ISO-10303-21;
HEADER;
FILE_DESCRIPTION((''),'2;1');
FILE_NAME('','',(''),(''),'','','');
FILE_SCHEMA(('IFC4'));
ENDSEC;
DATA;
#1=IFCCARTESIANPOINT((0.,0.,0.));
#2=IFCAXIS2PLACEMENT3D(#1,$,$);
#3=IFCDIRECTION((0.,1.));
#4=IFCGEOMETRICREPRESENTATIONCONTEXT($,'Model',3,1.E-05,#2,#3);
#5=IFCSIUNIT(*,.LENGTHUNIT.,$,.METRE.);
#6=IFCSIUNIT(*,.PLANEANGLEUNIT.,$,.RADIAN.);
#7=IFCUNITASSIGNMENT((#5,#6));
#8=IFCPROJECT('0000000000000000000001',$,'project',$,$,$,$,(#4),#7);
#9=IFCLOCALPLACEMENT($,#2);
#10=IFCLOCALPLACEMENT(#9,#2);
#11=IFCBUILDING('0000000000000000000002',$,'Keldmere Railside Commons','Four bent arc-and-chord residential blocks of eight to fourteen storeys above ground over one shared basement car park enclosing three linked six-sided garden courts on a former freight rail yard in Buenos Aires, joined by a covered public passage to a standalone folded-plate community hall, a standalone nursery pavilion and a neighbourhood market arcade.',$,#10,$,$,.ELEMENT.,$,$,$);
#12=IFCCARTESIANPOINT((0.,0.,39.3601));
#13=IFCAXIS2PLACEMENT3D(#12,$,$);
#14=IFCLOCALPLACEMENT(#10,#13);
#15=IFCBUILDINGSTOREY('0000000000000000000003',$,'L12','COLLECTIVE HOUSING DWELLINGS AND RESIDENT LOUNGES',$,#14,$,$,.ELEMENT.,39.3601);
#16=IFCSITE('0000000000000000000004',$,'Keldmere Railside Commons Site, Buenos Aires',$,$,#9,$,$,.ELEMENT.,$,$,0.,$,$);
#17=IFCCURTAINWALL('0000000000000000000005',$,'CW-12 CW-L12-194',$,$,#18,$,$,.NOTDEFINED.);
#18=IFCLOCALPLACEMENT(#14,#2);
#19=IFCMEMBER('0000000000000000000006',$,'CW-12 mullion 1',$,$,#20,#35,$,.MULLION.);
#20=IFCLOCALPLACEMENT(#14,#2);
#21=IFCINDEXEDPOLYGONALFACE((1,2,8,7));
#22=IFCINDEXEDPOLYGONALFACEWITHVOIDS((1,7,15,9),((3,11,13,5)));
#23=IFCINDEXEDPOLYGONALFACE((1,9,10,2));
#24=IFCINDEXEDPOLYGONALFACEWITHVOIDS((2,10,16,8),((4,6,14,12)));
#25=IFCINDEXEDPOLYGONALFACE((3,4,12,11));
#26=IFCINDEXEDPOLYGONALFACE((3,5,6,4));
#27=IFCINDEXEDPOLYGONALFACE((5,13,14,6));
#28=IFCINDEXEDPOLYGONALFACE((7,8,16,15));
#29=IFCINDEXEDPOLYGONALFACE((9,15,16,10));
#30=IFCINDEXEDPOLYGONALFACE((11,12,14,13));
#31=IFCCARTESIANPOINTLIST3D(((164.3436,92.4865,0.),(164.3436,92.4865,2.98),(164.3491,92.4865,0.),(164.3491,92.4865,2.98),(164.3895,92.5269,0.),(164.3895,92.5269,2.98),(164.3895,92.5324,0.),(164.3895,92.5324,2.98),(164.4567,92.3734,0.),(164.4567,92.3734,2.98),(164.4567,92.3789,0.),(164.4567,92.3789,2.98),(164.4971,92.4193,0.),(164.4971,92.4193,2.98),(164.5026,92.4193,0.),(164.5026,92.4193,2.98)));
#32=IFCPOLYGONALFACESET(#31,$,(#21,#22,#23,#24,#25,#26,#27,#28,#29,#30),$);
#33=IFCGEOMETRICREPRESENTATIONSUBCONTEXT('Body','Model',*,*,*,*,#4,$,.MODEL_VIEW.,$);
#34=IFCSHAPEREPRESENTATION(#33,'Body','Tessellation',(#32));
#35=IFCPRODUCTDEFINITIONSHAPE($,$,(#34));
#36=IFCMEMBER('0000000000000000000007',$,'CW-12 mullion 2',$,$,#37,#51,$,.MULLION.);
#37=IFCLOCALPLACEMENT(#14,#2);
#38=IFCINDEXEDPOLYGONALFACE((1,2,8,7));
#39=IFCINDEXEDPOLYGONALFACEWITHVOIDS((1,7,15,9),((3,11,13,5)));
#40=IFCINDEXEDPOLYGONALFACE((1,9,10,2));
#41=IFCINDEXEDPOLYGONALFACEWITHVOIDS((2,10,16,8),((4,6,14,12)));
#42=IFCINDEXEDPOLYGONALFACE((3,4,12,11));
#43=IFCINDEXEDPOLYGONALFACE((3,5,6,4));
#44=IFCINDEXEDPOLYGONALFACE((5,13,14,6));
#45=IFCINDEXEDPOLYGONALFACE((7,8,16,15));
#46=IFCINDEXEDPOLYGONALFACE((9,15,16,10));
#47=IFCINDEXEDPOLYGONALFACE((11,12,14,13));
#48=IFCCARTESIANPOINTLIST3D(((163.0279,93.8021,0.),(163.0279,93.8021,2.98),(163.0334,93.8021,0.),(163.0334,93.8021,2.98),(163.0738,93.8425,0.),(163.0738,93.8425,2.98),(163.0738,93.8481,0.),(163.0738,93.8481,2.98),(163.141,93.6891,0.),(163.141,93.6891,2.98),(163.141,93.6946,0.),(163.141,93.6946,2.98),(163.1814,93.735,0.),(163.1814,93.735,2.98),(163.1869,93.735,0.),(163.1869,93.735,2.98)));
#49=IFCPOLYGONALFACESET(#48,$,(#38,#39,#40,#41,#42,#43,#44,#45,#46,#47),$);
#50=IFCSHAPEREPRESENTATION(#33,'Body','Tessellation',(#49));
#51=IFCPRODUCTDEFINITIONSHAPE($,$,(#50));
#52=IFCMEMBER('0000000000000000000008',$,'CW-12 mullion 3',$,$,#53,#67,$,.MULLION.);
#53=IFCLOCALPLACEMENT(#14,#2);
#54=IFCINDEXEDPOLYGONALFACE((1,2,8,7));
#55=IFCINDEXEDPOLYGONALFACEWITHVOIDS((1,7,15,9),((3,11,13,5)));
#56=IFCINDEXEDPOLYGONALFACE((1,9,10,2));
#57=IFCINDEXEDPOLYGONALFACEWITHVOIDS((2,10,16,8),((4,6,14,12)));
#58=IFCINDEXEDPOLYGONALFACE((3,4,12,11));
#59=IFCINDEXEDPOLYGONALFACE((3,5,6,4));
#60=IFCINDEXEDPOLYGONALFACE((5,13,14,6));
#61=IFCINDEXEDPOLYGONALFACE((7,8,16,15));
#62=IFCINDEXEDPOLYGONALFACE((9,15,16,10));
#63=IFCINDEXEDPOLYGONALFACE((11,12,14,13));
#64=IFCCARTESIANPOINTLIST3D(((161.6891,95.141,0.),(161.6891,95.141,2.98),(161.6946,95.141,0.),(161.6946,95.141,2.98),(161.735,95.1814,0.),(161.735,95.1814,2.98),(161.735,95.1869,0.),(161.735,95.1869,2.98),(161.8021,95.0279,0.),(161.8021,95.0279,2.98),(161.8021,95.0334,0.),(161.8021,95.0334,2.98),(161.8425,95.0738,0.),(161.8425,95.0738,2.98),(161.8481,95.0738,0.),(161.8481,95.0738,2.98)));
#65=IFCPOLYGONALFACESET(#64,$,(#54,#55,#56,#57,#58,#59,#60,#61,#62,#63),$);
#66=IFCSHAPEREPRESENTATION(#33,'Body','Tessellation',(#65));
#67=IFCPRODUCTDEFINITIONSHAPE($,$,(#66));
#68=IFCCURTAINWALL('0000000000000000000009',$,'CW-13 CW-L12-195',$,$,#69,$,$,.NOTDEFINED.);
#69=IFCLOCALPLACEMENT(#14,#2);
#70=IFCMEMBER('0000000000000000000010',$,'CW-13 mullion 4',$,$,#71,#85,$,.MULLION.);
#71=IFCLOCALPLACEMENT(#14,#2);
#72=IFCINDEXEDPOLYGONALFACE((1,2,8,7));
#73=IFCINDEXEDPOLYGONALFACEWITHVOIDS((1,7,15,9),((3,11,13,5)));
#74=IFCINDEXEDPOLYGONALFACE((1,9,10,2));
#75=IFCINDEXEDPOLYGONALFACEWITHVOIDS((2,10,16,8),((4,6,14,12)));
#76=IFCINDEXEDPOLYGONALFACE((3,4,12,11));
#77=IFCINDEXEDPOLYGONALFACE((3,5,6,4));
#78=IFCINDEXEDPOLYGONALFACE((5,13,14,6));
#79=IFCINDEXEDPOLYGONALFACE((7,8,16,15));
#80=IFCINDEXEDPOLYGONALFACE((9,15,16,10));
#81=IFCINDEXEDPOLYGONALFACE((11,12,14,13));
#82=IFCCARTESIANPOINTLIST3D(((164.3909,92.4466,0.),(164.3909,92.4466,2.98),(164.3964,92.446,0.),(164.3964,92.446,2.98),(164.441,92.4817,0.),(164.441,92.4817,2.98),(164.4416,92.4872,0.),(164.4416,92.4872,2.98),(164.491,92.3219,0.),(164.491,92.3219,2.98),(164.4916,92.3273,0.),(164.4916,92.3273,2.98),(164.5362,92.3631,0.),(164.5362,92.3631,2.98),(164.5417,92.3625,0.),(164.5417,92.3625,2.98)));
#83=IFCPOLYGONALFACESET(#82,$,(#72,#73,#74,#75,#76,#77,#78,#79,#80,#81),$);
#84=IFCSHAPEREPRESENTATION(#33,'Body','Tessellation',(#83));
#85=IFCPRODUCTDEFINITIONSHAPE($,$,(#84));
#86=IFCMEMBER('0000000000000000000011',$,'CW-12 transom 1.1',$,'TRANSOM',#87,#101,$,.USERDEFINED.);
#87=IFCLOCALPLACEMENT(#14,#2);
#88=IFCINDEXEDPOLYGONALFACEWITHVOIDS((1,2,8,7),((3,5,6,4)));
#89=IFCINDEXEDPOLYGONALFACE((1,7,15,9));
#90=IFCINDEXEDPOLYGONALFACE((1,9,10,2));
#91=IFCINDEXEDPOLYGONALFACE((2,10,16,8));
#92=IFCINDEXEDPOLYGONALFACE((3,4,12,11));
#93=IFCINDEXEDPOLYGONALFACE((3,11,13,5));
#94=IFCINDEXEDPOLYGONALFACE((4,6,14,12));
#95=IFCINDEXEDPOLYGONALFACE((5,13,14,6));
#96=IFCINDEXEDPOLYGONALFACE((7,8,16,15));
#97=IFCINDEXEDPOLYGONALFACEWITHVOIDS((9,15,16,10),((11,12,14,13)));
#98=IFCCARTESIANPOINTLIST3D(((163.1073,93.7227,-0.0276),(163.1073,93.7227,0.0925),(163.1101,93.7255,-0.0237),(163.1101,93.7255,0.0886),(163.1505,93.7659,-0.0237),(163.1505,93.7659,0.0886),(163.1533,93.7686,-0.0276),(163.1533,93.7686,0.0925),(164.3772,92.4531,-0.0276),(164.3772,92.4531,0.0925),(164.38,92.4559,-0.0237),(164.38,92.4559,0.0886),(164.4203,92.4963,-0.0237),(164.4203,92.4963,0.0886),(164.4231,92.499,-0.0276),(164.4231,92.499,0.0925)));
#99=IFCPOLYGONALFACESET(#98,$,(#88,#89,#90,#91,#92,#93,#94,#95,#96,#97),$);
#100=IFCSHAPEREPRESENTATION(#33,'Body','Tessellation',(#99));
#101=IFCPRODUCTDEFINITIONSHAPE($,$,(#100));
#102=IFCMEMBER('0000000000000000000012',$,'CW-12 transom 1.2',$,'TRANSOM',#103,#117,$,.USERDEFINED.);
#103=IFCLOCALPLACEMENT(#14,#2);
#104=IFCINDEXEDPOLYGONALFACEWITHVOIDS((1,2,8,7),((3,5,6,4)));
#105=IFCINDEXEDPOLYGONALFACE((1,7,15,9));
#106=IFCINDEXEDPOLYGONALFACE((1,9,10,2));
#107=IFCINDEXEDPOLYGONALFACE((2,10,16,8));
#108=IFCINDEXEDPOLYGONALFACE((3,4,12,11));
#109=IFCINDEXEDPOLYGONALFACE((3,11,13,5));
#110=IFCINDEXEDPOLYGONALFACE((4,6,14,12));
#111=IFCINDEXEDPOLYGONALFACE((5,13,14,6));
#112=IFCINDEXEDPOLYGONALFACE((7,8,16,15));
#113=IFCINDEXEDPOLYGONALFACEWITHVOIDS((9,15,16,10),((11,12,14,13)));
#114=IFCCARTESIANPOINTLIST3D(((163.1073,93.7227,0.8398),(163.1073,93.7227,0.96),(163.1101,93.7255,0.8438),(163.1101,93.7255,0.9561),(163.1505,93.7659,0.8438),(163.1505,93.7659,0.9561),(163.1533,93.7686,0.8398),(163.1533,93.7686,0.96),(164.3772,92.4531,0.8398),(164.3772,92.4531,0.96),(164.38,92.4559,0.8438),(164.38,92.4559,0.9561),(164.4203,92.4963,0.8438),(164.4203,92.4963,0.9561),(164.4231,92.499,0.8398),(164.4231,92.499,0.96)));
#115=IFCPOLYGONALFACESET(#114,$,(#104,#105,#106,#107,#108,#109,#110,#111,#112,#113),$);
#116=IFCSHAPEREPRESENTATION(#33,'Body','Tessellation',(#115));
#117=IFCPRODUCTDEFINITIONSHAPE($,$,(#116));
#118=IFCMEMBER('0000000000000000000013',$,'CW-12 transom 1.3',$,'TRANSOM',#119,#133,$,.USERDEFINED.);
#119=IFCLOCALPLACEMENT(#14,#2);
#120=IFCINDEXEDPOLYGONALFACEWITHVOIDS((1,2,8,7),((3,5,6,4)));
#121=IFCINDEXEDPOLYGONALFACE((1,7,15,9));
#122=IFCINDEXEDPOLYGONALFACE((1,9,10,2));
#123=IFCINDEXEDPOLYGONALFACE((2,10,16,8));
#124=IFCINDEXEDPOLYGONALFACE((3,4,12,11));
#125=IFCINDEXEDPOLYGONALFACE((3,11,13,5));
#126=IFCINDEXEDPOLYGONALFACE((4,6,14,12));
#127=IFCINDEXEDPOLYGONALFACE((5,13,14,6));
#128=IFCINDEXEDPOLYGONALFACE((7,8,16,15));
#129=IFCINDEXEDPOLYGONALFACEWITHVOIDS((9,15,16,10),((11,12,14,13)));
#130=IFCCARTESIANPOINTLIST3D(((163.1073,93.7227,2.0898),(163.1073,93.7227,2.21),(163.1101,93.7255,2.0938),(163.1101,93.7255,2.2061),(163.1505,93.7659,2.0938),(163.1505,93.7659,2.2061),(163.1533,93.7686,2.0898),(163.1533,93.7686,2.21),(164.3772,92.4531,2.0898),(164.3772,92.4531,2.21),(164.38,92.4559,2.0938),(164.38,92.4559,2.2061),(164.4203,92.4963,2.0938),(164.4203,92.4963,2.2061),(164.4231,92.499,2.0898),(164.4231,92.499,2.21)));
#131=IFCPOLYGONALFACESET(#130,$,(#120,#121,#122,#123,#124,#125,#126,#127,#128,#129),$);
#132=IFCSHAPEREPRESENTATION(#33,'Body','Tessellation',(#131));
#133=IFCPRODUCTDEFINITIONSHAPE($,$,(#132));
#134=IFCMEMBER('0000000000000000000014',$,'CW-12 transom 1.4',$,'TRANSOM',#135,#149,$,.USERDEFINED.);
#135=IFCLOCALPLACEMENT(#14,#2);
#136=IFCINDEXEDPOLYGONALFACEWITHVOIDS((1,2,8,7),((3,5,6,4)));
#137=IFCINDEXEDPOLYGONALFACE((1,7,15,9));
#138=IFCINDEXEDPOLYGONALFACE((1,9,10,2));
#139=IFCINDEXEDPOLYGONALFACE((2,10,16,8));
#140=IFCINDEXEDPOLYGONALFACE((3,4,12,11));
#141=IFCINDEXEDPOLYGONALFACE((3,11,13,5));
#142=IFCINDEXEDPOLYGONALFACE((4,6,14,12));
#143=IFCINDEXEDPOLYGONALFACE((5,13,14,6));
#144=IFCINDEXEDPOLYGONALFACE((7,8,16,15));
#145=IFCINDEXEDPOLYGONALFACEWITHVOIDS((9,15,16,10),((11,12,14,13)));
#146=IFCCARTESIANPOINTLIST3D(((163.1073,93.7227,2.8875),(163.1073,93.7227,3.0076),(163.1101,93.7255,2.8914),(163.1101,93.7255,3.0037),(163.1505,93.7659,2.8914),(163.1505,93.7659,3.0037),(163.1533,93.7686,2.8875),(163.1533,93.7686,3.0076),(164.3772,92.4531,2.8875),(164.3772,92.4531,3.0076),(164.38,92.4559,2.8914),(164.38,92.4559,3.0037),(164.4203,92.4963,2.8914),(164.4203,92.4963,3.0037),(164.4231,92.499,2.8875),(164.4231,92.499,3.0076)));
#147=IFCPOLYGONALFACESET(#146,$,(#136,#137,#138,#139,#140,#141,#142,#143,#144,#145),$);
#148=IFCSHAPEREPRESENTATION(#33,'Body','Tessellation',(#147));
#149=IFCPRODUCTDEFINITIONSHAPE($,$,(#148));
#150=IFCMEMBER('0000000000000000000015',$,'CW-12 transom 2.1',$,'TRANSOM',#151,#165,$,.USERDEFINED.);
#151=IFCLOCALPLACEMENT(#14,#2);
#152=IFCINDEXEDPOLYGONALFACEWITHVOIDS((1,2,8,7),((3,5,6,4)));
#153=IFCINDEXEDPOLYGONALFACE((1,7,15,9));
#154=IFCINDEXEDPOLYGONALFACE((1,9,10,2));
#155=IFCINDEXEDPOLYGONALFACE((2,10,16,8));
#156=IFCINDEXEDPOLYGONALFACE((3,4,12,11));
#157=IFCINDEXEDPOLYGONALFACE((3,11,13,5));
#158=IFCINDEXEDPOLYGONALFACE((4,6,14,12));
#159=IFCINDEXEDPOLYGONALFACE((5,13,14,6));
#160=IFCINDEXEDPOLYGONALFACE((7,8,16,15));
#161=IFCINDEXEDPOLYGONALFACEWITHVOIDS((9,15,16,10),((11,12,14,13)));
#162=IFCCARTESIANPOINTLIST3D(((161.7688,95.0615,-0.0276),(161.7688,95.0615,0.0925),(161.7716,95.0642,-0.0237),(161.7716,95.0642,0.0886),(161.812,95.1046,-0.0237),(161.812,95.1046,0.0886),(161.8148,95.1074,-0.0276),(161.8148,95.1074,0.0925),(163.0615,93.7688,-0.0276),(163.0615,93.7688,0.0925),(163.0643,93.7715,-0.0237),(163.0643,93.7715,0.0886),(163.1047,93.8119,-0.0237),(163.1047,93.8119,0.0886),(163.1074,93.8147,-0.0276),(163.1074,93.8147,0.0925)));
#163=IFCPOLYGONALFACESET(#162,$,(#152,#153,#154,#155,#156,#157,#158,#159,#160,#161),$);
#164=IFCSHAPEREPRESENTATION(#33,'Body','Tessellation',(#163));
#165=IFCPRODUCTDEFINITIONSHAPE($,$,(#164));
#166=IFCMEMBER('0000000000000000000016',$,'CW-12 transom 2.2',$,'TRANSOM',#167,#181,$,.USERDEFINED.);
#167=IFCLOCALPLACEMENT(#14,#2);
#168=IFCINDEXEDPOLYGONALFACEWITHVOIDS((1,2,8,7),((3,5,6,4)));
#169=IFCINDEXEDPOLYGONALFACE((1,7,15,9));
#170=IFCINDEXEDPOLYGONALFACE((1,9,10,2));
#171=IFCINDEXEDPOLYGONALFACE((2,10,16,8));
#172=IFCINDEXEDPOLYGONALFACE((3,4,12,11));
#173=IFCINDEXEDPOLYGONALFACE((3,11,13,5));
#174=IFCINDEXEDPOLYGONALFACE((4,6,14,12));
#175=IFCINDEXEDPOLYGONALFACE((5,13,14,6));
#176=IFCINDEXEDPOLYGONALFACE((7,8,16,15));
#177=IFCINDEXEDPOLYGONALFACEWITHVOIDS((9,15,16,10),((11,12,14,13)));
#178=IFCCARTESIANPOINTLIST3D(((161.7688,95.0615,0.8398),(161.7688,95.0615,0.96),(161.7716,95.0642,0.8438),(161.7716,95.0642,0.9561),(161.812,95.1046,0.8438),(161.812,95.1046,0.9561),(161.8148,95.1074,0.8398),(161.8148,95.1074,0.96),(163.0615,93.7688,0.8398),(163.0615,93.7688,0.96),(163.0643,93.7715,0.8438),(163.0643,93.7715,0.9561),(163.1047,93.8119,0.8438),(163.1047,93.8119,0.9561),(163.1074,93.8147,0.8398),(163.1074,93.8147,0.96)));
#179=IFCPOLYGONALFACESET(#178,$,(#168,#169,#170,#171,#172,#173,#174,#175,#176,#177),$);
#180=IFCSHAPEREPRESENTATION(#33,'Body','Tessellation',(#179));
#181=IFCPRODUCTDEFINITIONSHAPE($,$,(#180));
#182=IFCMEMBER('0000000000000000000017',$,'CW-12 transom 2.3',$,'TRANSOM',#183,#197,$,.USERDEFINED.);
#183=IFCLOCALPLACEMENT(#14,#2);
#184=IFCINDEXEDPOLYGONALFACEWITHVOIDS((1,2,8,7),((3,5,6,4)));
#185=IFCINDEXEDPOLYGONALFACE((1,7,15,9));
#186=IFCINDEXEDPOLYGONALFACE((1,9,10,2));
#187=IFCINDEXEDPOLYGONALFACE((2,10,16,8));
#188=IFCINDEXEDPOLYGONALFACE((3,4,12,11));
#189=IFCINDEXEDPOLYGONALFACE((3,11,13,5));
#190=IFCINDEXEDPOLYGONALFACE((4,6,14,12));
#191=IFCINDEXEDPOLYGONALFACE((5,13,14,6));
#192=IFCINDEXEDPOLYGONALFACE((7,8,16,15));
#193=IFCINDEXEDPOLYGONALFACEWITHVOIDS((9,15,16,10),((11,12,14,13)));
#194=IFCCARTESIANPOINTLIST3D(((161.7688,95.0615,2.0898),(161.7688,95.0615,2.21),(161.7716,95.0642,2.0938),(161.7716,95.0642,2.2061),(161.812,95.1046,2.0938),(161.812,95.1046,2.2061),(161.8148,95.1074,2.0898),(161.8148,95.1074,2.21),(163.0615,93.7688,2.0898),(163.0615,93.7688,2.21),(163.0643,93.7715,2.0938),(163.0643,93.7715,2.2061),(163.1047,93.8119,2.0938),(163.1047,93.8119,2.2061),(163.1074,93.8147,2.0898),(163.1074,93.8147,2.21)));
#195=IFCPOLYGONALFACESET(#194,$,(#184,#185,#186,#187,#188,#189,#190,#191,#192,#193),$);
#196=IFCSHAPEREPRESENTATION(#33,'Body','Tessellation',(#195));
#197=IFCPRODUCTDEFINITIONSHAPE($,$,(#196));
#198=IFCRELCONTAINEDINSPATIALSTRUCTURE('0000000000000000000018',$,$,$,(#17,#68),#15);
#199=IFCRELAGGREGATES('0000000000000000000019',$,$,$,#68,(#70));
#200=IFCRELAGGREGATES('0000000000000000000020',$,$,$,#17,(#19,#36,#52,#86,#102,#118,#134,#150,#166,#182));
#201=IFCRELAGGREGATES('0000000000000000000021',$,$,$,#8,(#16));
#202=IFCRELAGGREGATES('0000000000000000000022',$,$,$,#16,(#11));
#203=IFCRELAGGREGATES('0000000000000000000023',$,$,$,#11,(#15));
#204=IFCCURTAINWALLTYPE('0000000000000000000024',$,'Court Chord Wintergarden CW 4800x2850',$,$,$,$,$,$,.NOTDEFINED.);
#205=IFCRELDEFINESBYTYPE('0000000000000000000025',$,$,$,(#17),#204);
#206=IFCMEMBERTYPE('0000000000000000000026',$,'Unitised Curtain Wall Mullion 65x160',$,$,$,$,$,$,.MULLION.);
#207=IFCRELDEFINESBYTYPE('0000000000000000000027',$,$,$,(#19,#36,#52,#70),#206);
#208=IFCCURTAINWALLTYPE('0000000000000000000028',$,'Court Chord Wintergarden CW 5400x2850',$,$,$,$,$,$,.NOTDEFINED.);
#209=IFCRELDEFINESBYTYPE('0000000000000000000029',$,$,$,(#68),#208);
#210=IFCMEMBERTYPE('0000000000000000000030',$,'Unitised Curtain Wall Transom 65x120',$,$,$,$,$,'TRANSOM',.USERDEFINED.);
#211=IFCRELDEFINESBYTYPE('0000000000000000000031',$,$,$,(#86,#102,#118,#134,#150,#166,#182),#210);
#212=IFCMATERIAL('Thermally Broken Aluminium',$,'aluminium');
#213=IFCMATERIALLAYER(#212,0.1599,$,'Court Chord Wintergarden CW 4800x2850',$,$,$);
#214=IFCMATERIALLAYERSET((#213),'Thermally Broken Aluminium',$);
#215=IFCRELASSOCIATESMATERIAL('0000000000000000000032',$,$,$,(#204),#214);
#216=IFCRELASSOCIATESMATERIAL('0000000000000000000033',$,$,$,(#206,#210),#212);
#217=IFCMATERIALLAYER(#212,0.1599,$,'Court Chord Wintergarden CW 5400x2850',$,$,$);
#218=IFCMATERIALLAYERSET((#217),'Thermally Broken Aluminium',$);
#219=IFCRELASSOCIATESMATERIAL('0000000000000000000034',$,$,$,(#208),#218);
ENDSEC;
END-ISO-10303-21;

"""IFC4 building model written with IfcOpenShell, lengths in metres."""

from ifc_helpers import new_model, si_unit, direction, frame, origin, origin_2d, place, context, subcontext, project, spatial, hollow_rectangle, extrude, material, layer, layer_set, material_profile, profile_set, type_object, element, aggregate, save


model = new_model("IFC4")

# Units and contexts
model_context = context("Model", 3, precision=1e-05, world=origin(), true_north=direction((0.0, 1.0)))
body_context = subcontext(model_context, "Body", "Model", "MODEL_VIEW")
ifc_project = project(units=[si_unit("LENGTHUNIT", "METRE"), si_unit("PLANEANGLEUNIT", "RADIAN")], contexts=[model_context])

# Site, building, storey
site_placement = place(None, origin())
site = spatial("IfcSite", under=ifc_project, at=site_placement, Name="Keldmere Railside Commons Site, Buenos Aires", CompositionType="ELEMENT", RefElevation=0.0)
building_placement = place(site_placement, origin())
building = spatial("IfcBuilding", under=site, at=building_placement, Name="Keldmere Railside Commons", Description="Four bent arc-and-chord residential blocks of eight to fourteen storeys above ground over one shared basement car park enclosing three linked six-sided garden courts on a former freight rail yard in Buenos Aires, joined by a covered public passage to a standalone folded-plate community hall, a standalone nursery pavilion and a neighbourhood market arcade.", CompositionType="ELEMENT")
storey_placement = place(building_placement, frame((0.0, 0.0, 39.3601)))
storey = spatial("IfcBuildingStorey", under=building, at=storey_placement, Name="L12", Description="COLLECTIVE HOUSING DWELLINGS AND RESIDENT LOUNGES", CompositionType="ELEMENT", Elevation=39.3601)

# Curtain wall, members
ifc_material_1 = material(Name="Thermally Broken Aluminium", Category="aluminium")
ifc_layer_1 = layer(ifc_material_1, 0.1599, Name="Court Chord Wintergarden CW 4800x2850")
ifc_layer_set_1 = layer_set([ifc_layer_1], Name="Thermally Broken Aluminium")
curtain_wall_type_1 = type_object("IfcCurtainWallType", Name="Court Chord Wintergarden CW 4800x2850", PredefinedType="NOTDEFINED", material=ifc_layer_set_1)
curtain_wall_1_placement = place(storey_placement, origin())
curtain_wall_1 = element("IfcCurtainWall", 1, at=curtain_wall_1_placement, inside=storey, type_object=curtain_wall_type_1, Name="CW-12 CW-L12-194", PredefinedType="NOTDEFINED")
ifc_material_profile_1 = material_profile(ifc_material_1, hollow_rectangle(XDim=0.0649, YDim=0.1599, WallThickness=0.0039, at=origin_2d()), Name="ALU-MULL-65x160")
ifc_profile_set_1 = profile_set([ifc_material_profile_1], Name="Thermally Broken Aluminium")
member_type_1 = type_object("IfcMemberType", Name="Unitised Curtain Wall Mullion 65x160", PredefinedType="MULLION", material=ifc_profile_set_1)
member_1_placement = place(storey_placement, frame((164.4231, 92.4529, 0.0), z_axis=(0.0, 0.0, 1.0), x_axis=(-0.707107, -0.707107, 0.0)))
member_1 = element("IfcMember", 2, at=member_1_placement, type_object=member_type_1, Name="CW-12 mullion 1", PredefinedType="MULLION", context=body_context, shape_type="SweptSolid", body=[
    extrude(hollow_rectangle(XDim=0.0649, YDim=0.1599, WallThickness=0.0039, at=origin_2d()), origin(), (0.0, 0.0, 1.0), 2.98),
])
member_2_placement = place(storey_placement, frame((163.1074, 93.7686, 0.0), z_axis=(0.0, 0.0, 1.0), x_axis=(-0.707107, -0.707107, 0.0)))
member_2 = element("IfcMember", 3, at=member_2_placement, type_object=member_type_1, Name="CW-12 mullion 2", PredefinedType="MULLION", context=body_context, shape_type="SweptSolid", body=[
    extrude(hollow_rectangle(XDim=0.0649, YDim=0.1599, WallThickness=0.0039, at=origin_2d()), origin(), (0.0, 0.0, 1.0), 2.98),
])
member_3_placement = place(storey_placement, frame((161.7686, 95.1074, 0.0), z_axis=(0.0, 0.0, 1.0), x_axis=(-0.707107, -0.707107, 0.0)))
member_3 = element("IfcMember", 4, at=member_3_placement, type_object=member_type_1, Name="CW-12 mullion 3", PredefinedType="MULLION", context=body_context, shape_type="SweptSolid", body=[
    extrude(hollow_rectangle(XDim=0.0649, YDim=0.1599, WallThickness=0.0039, at=origin_2d()), origin(), (0.0, 0.0, 1.0), 2.98),
])

# Curtain wall, member
ifc_layer_2 = layer(ifc_material_1, 0.1599, Name="Court Chord Wintergarden CW 5400x2850")
ifc_layer_set_2 = layer_set([ifc_layer_2], Name="Thermally Broken Aluminium")
curtain_wall_type_2 = type_object("IfcCurtainWallType", Name="Court Chord Wintergarden CW 5400x2850", PredefinedType="NOTDEFINED", material=ifc_layer_set_2)
curtain_wall_2_placement = place(storey_placement, origin())
curtain_wall_2 = element("IfcCurtainWall", 5, at=curtain_wall_2_placement, inside=storey, type_object=curtain_wall_type_2, Name="CW-13 CW-L12-195", PredefinedType="NOTDEFINED")
member_4_placement = place(storey_placement, frame((164.4663, 92.4045, 0.0), z_axis=(0.0, 0.0, 1.0), x_axis=(-0.780009, -0.625768, 0.0)))
member_4 = element("IfcMember", 6, at=member_4_placement, type_object=member_type_1, Name="CW-13 mullion 4", PredefinedType="MULLION", context=body_context, shape_type="SweptSolid", body=[
    extrude(hollow_rectangle(XDim=0.0649, YDim=0.1599, WallThickness=0.0039, at=origin_2d()), origin(), (0.0, 0.0, 1.0), 2.98),
])
aggregate(curtain_wall_2, [member_4])

# Members
ifc_material_profile_2 = material_profile(ifc_material_1, hollow_rectangle(XDim=0.0649, YDim=0.1201, WallThickness=0.0039, at=origin_2d()), Name="ALU-TRAN-65x120")
ifc_profile_set_2 = profile_set([ifc_material_profile_2], Name="Thermally Broken Aluminium")
member_type_2 = type_object("IfcMemberType", Name="Unitised Curtain Wall Transom 65x120", ElementType="TRANSOM", PredefinedType="USERDEFINED", material=ifc_profile_set_2)
member_5_placement = place(storey_placement, frame((164.4001, 92.4761, 0.0325), z_axis=(-0.707175, 0.707039, 0.0), x_axis=(-0.707039, -0.707175, 0.0)))
member_5 = element("IfcMember", 7, at=member_5_placement, type_object=member_type_2, Name="CW-12 transom 1.1", ObjectType="TRANSOM", PredefinedType="USERDEFINED", context=body_context, shape_type="SweptSolid", body=[
    extrude(hollow_rectangle(XDim=0.0649, YDim=0.1201, WallThickness=0.0039, at=origin_2d()), origin(), (0.0, 0.0, 1.0), 1.7957),
])
member_6_placement = place(storey_placement, frame((164.4001, 92.4761, 0.8999), z_axis=(-0.707175, 0.707039, 0.0), x_axis=(-0.707039, -0.707175, 0.0)))
member_6 = element("IfcMember", 8, at=member_6_placement, type_object=member_type_2, Name="CW-12 transom 1.2", ObjectType="TRANSOM", PredefinedType="USERDEFINED", context=body_context, shape_type="SweptSolid", body=[
    extrude(hollow_rectangle(XDim=0.0649, YDim=0.1201, WallThickness=0.0039, at=origin_2d()), origin(), (0.0, 0.0, 1.0), 1.7957),
])
member_7_placement = place(storey_placement, frame((164.4001, 92.4761, 2.1499), z_axis=(-0.707175, 0.707039, 0.0), x_axis=(-0.707039, -0.707175, 0.0)))
member_7 = element("IfcMember", 9, at=member_7_placement, type_object=member_type_2, Name="CW-12 transom 1.3", ObjectType="TRANSOM", PredefinedType="USERDEFINED", context=body_context, shape_type="SweptSolid", body=[
    extrude(hollow_rectangle(XDim=0.0649, YDim=0.1201, WallThickness=0.0039, at=origin_2d()), origin(), (0.0, 0.0, 1.0), 1.7957),
])
member_8_placement = place(storey_placement, frame((164.4001, 92.4761, 2.9475), z_axis=(-0.707175, 0.707039, 0.0), x_axis=(-0.707039, -0.707175, 0.0)))
member_8 = element("IfcMember", 10, at=member_8_placement, type_object=member_type_2, Name="CW-12 transom 1.4", ObjectType="TRANSOM", PredefinedType="USERDEFINED", context=body_context, shape_type="SweptSolid", body=[
    extrude(hollow_rectangle(XDim=0.0649, YDim=0.1201, WallThickness=0.0039, at=origin_2d()), origin(), (0.0, 0.0, 1.0), 1.7957),
])
member_9_placement = place(storey_placement, frame((163.0845, 93.7917, 0.0325), z_axis=(-0.707107, 0.707107, 0.0), x_axis=(-0.707107, -0.707107, 0.0)))
member_9 = element("IfcMember", 11, at=member_9_placement, type_object=member_type_2, Name="CW-12 transom 2.1", ObjectType="TRANSOM", PredefinedType="USERDEFINED", context=body_context, shape_type="SweptSolid", body=[
    extrude(hollow_rectangle(XDim=0.0649, YDim=0.1201, WallThickness=0.0039, at=origin_2d()), origin(), (0.0, 0.0, 1.0), 1.8281),
])
member_10_placement = place(storey_placement, frame((163.0845, 93.7917, 0.8999), z_axis=(-0.707107, 0.707107, 0.0), x_axis=(-0.707107, -0.707107, 0.0)))
member_10 = element("IfcMember", 12, at=member_10_placement, type_object=member_type_2, Name="CW-12 transom 2.2", ObjectType="TRANSOM", PredefinedType="USERDEFINED", context=body_context, shape_type="SweptSolid", body=[
    extrude(hollow_rectangle(XDim=0.0649, YDim=0.1201, WallThickness=0.0039, at=origin_2d()), origin(), (0.0, 0.0, 1.0), 1.8281),
])
member_11_placement = place(storey_placement, frame((163.0845, 93.7917, 2.1499), z_axis=(-0.707107, 0.707107, 0.0), x_axis=(-0.707107, -0.707107, 0.0)))
member_11 = element("IfcMember", 13, at=member_11_placement, type_object=member_type_2, Name="CW-12 transom 2.3", ObjectType="TRANSOM", PredefinedType="USERDEFINED", context=body_context, shape_type="SweptSolid", body=[
    extrude(hollow_rectangle(XDim=0.0649, YDim=0.1201, WallThickness=0.0039, at=origin_2d()), origin(), (0.0, 0.0, 1.0), 1.8281),
])

aggregate(curtain_wall_1, [member_1, member_2, member_3, member_5, member_6, member_7, member_8, member_9, member_10, member_11])

save(model, "model.ifc")
